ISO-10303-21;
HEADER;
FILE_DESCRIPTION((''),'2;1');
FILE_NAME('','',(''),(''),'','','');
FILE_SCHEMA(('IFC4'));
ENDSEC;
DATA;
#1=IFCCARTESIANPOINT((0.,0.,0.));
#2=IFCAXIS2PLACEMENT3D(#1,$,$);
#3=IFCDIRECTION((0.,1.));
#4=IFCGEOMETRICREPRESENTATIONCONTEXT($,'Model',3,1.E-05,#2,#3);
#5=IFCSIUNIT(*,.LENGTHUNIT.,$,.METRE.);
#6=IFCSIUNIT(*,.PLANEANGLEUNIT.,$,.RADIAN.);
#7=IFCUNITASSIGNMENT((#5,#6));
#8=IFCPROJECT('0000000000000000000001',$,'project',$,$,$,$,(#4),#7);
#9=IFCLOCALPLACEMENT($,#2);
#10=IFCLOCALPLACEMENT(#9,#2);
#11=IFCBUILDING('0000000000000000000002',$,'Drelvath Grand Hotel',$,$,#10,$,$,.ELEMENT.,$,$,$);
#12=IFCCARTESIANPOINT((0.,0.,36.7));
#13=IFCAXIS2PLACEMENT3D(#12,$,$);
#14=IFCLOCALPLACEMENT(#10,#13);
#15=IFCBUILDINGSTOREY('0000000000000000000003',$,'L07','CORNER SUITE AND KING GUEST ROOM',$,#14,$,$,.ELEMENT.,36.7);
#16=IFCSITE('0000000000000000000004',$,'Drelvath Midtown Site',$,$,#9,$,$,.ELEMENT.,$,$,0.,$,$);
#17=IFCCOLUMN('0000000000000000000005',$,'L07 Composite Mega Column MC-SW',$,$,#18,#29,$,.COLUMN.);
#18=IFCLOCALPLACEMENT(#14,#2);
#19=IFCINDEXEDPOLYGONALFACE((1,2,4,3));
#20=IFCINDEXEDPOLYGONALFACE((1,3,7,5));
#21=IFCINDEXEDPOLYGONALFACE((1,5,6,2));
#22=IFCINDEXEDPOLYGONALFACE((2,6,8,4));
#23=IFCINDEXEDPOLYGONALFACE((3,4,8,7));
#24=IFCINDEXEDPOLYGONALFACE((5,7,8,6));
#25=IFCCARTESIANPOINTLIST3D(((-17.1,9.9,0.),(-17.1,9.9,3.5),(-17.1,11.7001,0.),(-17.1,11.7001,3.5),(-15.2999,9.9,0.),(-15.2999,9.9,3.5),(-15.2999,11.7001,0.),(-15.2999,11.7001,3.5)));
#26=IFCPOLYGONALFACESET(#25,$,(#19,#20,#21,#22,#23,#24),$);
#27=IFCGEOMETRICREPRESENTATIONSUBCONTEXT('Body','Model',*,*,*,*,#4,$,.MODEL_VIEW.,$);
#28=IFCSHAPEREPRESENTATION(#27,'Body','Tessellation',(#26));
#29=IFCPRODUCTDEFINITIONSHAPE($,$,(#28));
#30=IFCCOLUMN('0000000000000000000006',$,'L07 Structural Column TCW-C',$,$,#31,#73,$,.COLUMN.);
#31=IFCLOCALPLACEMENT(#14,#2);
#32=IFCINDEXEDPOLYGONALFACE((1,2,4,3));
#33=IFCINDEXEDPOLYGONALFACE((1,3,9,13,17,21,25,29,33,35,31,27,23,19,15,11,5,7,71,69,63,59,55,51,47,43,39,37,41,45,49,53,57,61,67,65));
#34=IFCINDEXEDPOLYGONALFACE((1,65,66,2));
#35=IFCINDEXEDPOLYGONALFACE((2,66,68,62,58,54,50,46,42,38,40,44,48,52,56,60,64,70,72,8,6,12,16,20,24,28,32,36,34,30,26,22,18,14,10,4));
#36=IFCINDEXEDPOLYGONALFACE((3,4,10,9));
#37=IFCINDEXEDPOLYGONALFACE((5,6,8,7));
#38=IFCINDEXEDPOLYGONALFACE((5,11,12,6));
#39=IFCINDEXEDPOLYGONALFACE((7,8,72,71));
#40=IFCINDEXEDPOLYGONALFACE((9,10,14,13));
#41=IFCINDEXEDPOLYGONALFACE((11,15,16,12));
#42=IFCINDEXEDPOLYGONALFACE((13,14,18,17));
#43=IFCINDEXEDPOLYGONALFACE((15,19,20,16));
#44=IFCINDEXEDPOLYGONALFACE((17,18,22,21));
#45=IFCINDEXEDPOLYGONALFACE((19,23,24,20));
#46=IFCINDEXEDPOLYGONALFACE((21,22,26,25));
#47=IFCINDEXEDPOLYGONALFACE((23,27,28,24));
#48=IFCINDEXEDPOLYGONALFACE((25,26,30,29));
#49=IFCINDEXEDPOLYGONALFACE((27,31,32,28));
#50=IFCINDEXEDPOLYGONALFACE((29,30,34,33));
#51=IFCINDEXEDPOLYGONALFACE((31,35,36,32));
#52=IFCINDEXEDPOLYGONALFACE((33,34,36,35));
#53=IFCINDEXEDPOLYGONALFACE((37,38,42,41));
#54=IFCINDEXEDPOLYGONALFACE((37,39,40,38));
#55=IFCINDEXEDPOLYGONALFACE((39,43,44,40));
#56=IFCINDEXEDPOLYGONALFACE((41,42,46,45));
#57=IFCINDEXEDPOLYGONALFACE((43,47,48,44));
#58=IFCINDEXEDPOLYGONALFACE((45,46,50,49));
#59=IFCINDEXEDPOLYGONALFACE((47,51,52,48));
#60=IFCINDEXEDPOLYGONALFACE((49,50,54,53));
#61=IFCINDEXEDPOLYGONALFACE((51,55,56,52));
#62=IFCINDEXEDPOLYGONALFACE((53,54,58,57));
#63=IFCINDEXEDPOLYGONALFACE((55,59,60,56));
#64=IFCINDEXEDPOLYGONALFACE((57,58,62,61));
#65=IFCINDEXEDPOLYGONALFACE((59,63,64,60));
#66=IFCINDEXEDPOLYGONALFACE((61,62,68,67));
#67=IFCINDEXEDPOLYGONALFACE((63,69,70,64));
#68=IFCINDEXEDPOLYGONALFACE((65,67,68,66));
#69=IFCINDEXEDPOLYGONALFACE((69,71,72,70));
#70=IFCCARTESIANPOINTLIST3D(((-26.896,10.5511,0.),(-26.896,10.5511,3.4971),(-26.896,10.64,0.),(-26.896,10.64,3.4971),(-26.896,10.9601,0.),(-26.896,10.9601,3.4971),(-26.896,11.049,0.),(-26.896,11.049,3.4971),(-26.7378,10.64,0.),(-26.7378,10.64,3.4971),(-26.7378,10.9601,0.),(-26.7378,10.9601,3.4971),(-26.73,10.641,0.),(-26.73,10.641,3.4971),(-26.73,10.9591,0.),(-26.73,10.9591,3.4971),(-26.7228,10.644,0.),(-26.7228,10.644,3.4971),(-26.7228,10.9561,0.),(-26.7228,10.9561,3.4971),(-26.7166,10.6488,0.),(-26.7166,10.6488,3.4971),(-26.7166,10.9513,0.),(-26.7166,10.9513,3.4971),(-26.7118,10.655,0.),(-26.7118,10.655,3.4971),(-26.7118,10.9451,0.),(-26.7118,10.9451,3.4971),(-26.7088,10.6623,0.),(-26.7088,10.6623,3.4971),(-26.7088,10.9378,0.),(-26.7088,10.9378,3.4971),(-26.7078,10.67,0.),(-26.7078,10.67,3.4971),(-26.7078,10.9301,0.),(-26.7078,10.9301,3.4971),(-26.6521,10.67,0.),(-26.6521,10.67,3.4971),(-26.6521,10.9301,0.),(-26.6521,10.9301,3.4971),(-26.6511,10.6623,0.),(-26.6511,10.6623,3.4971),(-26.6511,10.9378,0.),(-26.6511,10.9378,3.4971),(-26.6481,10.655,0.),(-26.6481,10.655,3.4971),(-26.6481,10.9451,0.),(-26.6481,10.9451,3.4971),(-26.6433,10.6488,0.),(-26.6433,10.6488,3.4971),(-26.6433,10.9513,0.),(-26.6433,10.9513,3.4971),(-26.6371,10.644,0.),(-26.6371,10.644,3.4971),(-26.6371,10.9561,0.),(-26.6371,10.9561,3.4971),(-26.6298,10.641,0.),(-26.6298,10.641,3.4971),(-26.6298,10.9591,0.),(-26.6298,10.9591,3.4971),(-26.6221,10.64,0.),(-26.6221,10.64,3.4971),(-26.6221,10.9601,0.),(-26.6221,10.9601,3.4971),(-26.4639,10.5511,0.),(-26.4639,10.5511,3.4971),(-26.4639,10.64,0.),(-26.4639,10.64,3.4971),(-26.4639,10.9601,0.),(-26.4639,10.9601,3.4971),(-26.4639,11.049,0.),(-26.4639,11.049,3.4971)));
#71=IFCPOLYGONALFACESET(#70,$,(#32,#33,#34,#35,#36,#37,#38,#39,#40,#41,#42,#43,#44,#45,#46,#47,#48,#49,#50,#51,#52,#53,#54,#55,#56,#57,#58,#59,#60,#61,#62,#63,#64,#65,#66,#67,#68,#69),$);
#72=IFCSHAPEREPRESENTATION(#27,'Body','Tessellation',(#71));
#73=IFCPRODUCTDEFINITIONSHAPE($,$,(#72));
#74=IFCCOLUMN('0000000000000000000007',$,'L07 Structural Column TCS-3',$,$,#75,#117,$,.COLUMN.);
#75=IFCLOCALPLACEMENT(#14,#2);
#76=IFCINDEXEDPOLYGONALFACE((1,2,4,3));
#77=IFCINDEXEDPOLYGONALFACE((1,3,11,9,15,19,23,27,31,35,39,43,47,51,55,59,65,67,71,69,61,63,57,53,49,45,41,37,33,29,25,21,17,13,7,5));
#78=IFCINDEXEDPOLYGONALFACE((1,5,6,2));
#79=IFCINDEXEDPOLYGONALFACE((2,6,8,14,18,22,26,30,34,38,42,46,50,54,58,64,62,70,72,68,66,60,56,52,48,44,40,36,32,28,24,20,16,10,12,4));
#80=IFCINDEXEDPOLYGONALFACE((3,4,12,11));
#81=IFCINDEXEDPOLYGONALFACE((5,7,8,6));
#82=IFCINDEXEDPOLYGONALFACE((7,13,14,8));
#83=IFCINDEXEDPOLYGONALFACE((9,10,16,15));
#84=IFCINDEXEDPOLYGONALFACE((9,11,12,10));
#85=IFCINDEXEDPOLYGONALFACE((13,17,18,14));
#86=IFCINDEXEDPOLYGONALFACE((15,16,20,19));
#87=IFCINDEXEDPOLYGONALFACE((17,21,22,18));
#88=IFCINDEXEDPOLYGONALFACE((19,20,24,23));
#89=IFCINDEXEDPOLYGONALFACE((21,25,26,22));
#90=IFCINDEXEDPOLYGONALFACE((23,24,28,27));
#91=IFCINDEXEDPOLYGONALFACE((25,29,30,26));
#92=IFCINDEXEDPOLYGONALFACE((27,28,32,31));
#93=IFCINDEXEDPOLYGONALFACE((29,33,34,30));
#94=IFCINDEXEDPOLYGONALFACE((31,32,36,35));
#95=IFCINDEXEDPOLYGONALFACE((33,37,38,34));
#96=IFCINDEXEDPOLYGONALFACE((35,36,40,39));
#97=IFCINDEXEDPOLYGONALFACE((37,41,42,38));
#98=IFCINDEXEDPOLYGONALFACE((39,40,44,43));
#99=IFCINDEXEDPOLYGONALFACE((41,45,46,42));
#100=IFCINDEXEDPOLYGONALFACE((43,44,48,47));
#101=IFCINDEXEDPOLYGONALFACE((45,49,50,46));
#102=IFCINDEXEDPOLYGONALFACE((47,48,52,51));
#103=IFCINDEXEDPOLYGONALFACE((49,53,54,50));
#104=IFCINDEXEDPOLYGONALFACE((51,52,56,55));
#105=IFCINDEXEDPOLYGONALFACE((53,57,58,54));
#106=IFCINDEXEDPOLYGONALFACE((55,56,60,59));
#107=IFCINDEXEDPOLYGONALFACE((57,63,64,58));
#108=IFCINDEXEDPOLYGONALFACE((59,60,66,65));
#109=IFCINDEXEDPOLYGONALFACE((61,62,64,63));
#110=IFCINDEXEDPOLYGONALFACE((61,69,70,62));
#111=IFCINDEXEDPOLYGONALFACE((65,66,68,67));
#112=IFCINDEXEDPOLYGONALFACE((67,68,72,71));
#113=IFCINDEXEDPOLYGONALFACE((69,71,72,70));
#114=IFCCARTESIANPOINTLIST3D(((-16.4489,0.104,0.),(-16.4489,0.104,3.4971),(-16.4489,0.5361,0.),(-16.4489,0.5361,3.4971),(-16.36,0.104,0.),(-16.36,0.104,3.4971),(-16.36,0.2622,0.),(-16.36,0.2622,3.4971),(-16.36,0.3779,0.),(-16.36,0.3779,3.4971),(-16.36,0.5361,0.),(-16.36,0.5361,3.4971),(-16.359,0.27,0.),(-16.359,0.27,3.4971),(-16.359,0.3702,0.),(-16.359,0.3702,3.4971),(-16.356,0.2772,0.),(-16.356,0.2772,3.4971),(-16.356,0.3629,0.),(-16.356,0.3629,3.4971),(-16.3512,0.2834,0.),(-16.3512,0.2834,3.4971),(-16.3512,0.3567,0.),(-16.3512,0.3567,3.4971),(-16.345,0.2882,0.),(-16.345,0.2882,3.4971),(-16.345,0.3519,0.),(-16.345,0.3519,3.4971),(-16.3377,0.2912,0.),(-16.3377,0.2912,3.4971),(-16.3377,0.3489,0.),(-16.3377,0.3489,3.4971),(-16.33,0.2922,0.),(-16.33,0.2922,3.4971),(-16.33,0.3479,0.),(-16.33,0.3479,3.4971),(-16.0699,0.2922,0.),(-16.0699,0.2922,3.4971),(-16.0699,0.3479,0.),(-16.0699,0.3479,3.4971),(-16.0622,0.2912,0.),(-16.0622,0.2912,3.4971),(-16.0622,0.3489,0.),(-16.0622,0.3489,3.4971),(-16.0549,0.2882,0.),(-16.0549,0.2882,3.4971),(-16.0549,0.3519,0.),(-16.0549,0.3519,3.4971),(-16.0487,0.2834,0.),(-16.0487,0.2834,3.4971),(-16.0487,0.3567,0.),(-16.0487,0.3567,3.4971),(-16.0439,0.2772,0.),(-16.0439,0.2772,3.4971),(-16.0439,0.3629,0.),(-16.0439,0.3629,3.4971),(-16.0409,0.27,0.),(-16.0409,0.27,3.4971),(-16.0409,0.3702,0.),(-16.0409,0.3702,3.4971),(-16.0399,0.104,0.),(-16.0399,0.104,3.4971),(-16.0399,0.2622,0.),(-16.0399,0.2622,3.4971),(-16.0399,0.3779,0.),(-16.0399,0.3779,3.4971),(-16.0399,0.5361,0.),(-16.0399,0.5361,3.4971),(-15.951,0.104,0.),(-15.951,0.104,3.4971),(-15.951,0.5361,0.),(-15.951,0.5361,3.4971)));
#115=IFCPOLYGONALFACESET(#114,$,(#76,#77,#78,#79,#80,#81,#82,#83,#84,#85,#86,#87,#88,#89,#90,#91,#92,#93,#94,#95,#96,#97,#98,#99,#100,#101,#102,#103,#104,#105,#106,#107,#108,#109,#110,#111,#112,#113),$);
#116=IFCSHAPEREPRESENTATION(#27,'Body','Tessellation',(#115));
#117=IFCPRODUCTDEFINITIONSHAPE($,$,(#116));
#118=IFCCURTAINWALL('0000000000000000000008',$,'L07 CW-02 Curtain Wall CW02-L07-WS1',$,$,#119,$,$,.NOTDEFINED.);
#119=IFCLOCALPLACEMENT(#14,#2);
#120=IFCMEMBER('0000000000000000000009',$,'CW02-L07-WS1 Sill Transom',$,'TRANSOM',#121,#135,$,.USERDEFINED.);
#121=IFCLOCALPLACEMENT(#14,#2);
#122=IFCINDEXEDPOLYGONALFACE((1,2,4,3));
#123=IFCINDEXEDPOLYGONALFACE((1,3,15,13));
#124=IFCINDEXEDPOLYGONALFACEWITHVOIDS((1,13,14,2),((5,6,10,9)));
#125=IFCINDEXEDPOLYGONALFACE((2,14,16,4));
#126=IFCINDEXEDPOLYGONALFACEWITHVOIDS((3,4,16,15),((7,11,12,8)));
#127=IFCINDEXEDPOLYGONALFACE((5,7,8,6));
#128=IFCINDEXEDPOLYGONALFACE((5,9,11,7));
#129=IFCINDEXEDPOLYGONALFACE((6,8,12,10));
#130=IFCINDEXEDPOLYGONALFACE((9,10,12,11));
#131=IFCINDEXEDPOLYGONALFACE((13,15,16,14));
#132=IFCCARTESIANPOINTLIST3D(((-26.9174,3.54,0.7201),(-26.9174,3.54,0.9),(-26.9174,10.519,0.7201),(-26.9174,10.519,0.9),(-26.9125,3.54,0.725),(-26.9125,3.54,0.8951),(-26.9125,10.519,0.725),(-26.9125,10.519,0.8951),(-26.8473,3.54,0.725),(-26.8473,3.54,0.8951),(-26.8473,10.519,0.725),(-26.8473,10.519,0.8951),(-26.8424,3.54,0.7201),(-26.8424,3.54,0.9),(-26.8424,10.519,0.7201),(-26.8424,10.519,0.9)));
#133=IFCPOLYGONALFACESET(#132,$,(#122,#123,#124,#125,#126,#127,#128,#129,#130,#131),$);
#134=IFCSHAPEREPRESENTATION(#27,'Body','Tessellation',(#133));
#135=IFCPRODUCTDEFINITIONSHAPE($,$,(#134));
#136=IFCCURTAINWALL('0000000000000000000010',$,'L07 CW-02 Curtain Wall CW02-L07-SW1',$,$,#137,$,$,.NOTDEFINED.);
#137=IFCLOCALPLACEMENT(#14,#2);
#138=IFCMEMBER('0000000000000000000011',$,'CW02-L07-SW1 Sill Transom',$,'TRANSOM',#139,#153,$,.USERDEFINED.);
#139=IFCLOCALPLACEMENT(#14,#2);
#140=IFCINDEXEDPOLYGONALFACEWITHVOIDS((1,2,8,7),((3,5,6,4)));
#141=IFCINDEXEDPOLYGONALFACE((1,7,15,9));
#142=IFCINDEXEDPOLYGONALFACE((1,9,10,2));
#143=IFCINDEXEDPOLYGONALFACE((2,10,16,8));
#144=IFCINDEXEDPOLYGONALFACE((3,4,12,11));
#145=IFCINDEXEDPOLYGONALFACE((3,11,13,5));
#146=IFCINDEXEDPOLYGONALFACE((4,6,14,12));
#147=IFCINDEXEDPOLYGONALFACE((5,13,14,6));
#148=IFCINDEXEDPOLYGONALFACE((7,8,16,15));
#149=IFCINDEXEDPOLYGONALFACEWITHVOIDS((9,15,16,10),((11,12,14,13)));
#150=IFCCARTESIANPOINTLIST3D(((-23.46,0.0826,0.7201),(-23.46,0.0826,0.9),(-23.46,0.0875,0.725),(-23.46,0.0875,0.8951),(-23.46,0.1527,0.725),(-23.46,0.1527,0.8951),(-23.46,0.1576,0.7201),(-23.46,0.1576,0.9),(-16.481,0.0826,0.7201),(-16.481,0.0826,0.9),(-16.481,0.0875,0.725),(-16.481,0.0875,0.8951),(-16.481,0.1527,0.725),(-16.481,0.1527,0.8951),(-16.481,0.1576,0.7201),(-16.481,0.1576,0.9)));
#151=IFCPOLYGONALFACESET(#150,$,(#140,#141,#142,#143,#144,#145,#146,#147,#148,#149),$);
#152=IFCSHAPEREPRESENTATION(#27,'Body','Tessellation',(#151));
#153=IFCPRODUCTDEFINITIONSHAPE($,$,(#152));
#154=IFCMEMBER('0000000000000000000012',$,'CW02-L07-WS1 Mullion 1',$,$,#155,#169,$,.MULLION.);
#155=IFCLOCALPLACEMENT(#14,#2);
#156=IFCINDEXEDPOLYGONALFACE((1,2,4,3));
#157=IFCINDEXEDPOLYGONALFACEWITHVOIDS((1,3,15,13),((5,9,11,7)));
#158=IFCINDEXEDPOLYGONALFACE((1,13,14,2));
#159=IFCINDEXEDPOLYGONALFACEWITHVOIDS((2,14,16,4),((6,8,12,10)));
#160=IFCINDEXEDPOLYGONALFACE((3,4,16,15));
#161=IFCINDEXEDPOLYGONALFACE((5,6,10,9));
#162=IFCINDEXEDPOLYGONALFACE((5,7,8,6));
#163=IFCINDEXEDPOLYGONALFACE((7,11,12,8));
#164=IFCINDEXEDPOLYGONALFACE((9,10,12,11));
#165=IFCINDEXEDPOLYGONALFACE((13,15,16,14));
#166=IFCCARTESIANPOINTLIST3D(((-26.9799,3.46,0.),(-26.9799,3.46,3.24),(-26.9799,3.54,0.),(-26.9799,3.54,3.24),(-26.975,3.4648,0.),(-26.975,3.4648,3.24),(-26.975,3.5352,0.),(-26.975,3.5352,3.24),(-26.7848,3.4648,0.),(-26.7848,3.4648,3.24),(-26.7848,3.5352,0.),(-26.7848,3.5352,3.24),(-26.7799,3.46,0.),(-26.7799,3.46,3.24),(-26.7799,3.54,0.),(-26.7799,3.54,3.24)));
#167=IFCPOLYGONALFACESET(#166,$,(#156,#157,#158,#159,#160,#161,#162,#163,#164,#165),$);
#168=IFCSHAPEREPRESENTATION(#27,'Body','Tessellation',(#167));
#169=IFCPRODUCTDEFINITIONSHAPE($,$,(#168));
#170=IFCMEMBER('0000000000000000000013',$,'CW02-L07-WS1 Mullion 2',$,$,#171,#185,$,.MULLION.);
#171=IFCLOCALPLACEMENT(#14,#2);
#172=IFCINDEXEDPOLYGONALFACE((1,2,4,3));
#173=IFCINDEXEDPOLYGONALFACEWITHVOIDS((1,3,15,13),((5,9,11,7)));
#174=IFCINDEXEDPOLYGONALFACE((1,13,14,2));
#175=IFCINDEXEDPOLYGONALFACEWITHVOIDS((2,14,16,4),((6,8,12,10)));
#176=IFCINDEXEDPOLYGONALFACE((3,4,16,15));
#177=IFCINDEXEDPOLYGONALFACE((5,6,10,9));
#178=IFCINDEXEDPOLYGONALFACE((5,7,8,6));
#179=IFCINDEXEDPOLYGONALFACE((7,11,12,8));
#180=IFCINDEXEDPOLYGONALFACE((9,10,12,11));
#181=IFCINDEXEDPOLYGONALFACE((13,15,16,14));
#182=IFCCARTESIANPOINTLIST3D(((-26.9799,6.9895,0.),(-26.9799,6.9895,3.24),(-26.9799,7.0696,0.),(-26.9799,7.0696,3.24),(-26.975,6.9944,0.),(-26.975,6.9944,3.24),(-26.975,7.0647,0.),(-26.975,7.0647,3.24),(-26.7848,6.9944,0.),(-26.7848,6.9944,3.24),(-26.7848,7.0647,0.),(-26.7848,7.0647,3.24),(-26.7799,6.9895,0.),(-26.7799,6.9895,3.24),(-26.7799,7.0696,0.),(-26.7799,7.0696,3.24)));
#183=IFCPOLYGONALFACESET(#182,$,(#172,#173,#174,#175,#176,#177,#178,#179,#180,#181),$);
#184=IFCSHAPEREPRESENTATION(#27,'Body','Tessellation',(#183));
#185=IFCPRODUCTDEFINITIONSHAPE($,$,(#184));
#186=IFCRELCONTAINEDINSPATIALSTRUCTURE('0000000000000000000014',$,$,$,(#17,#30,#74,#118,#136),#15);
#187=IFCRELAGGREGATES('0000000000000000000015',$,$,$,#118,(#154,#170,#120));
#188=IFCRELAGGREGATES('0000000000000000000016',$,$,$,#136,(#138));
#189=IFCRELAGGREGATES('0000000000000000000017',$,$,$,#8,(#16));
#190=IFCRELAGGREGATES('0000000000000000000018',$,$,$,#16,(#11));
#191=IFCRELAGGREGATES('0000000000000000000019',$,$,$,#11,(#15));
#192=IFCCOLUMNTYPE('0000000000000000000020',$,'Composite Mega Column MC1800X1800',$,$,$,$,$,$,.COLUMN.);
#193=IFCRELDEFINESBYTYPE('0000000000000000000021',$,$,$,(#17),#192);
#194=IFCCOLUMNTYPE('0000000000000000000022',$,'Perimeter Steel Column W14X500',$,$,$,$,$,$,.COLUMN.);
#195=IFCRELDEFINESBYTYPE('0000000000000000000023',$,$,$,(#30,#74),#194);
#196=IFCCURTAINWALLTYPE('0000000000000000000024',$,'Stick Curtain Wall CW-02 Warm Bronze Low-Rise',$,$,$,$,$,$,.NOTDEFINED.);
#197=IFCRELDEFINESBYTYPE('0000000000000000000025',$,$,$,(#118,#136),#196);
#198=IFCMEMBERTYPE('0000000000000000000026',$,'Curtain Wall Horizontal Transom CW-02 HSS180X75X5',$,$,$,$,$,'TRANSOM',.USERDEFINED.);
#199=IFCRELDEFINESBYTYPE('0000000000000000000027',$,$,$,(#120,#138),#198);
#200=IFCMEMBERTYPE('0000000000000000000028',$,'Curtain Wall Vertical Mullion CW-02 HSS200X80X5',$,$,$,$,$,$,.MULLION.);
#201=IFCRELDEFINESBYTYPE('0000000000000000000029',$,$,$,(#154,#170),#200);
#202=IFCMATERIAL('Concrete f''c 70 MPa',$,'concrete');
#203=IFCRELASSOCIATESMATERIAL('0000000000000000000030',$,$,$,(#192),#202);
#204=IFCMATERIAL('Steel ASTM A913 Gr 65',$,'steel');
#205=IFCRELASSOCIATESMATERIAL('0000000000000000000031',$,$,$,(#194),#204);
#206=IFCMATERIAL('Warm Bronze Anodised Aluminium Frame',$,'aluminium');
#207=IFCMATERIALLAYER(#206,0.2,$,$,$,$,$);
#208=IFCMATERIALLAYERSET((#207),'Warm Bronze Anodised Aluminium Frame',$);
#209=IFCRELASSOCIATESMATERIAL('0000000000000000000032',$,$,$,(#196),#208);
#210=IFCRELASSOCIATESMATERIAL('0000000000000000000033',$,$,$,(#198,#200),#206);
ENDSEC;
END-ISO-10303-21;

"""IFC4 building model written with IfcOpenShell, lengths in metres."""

from ifc_helpers import new_model, si_unit, direction, frame, origin, origin_2d, place, context, subcontext, project, spatial, rectangle, hollow_rectangle, i_section, extrude, material, layer, layer_set, material_profile, profile_set, type_object, element, aggregate, save


model = new_model("IFC4")

# Units and contexts
model_context = context("Model", 3, precision=1e-05, world=origin(), true_north=direction((0.0, 1.0)))
body_context = subcontext(model_context, "Body", "Model", "MODEL_VIEW")
ifc_project = project(units=[si_unit("LENGTHUNIT", "METRE"), si_unit("PLANEANGLEUNIT", "RADIAN")], contexts=[model_context])

# Site, building, storey
site_placement = place(None, origin())
site = spatial("IfcSite", under=ifc_project, at=site_placement, Name="Drelvath Midtown Site", CompositionType="ELEMENT", RefElevation=0.0)
building_placement = place(site_placement, origin())
building = spatial("IfcBuilding", under=site, at=building_placement, Name="Drelvath Grand Hotel", CompositionType="ELEMENT")
storey_placement = place(building_placement, frame((0.0, 0.0, 36.7)))
storey = spatial("IfcBuildingStorey", under=building, at=storey_placement, Name="L07", Description="CORNER SUITE AND KING GUEST ROOM", CompositionType="ELEMENT", Elevation=36.7)

# Columns
ifc_material_1 = material(Name="Concrete f'c 70 MPa", Category="concrete")
ifc_material_profile_1 = material_profile(ifc_material_1, rectangle(XDim=1.8, YDim=1.8, at=origin_2d()), Name="MC1800X1800")
ifc_profile_set_1 = profile_set([ifc_material_profile_1], Name="Concrete f'c 70 MPa")
column_type_1 = type_object("IfcColumnType", Name="Composite Mega Column MC1800X1800", PredefinedType="COLUMN", material=ifc_profile_set_1)
column_placement = place(storey_placement, frame((-16.2, 10.8, 0.0), z_axis=(0.0, 0.0, 1.0), x_axis=(1.0, 0.0, 0.0)))
element("IfcColumn", 1, at=column_placement, inside=storey, type_object=column_type_1, Name="L07 Composite Mega Column MC-SW", PredefinedType="COLUMN", context=body_context, shape_type="SweptSolid", body=[
    extrude(rectangle(XDim=1.8, YDim=1.8, at=origin_2d()), origin(), (0.0, 0.0, 1.0), 3.5),
])
ifc_material_2 = material(Name="Steel ASTM A913 Gr 65", Category="steel")
ifc_material_profile_2 = material_profile(ifc_material_2, i_section(OverallWidth=0.4321, OverallDepth=0.4978, WebThickness=0.0557, FlangeThickness=0.0889, FilletRadius=0.03, at=origin_2d()), Name="W14X500")
ifc_profile_set_2 = profile_set([ifc_material_profile_2], Name="Steel ASTM A913 Gr 65")
column_type_2 = type_object("IfcColumnType", Name="Perimeter Steel Column W14X500", PredefinedType="COLUMN", material=ifc_profile_set_2)
for number, where, z_axis, x_axis, name in (
    (2, (-26.6799, 10.8, 0.0), (0.0, 0.0, 1.0), (1.0, 0.0, 0.0), "L07 Structural Column TCW-C"),
    (3, (-16.2, 0.3201, 0.0), (0.0, 0.0, 1.0), (0.0, 1.0, 0.0), "L07 Structural Column TCS-3"),
):
    element("IfcColumn", number, at=place(storey_placement, frame(where, z_axis=z_axis, x_axis=x_axis)), inside=storey, type_object=column_type_2, Name=name, PredefinedType="COLUMN", context=body_context, shape_type="SweptSolid", body=[
        extrude(i_section(OverallWidth=0.4321, OverallDepth=0.4978, WebThickness=0.0557, FlangeThickness=0.0889, FilletRadius=0.03, at=origin_2d()), origin(), (0.0, 0.0, 1.0), 3.4971),
    ])

# Curtain walls, members
ifc_material_3 = material(Name="Warm Bronze Anodised Aluminium Frame", Category="aluminium")
ifc_layer_1 = layer(ifc_material_3, 0.2)
ifc_layer_set_1 = layer_set([ifc_layer_1], Name="Warm Bronze Anodised Aluminium Frame")
curtain_wall_type = type_object("IfcCurtainWallType", Name="Stick Curtain Wall CW-02 Warm Bronze Low-Rise", PredefinedType="NOTDEFINED", material=ifc_layer_set_1)
curtain_wall_1_placement = place(storey_placement, origin())
curtain_wall_1 = element("IfcCurtainWall", 4, at=curtain_wall_1_placement, inside=storey, type_object=curtain_wall_type, Name="L07 CW-02 Curtain Wall CW02-L07-WS1", PredefinedType="NOTDEFINED")
ifc_material_profile_3 = material_profile(ifc_material_3, hollow_rectangle(XDim=0.075, YDim=0.1799, WallThickness=0.0049, at=origin_2d()), Name="HSS180X75X5")
ifc_profile_set_3 = profile_set([ifc_material_profile_3], Name="Warm Bronze Anodised Aluminium Frame")
member_type_1 = type_object("IfcMemberType", Name="Curtain Wall Horizontal Transom CW-02 HSS180X75X5", ElementType="TRANSOM", PredefinedType="USERDEFINED", material=ifc_profile_set_3)
member_1_placement = place(storey_placement, frame((-26.8799, 3.54, 0.8101), z_axis=(0.0, 1.0, 0.0), x_axis=(-1.0, 0.0, 0.0)))
member_1 = element("IfcMember", 5, at=member_1_placement, type_object=member_type_1, Name="CW02-L07-WS1 Sill Transom", ObjectType="TRANSOM", PredefinedType="USERDEFINED", context=body_context, shape_type="SweptSolid", body=[
    extrude(hollow_rectangle(XDim=0.075, YDim=0.1799, WallThickness=0.0049, at=origin_2d()), origin(), (0.0, 0.0, 1.0), 6.979),
])
curtain_wall_2_placement = place(storey_placement, origin())
curtain_wall_2 = element("IfcCurtainWall", 6, at=curtain_wall_2_placement, inside=storey, type_object=curtain_wall_type, Name="L07 CW-02 Curtain Wall CW02-L07-SW1", PredefinedType="NOTDEFINED")
member_2_placement = place(storey_placement, frame((-16.481, 0.1201, 0.8101), z_axis=(-1.0, 0.0, 0.0), x_axis=(0.0, -1.0, 0.0)))
member_2 = element("IfcMember", 7, at=member_2_placement, type_object=member_type_1, Name="CW02-L07-SW1 Sill Transom", ObjectType="TRANSOM", PredefinedType="USERDEFINED", context=body_context, shape_type="SweptSolid", body=[
    extrude(hollow_rectangle(XDim=0.075, YDim=0.1799, WallThickness=0.0049, at=origin_2d()), origin(), (0.0, 0.0, 1.0), 6.979),
])

# Members
ifc_material_profile_4 = material_profile(ifc_material_3, hollow_rectangle(XDim=0.0801, YDim=0.2, WallThickness=0.0049, at=origin_2d()), Name="HSS200X80X5")
ifc_profile_set_4 = profile_set([ifc_material_profile_4], Name="Warm Bronze Anodised Aluminium Frame")
member_type_2 = type_object("IfcMemberType", Name="Curtain Wall Vertical Mullion CW-02 HSS200X80X5", PredefinedType="MULLION", material=ifc_profile_set_4)
member_3_placement = place(storey_placement, frame((-26.8799, 3.5, 0.0), z_axis=(0.0, 0.0, 1.0), x_axis=(0.0, 1.0, 0.0)))
member_3 = element("IfcMember", 8, at=member_3_placement, type_object=member_type_2, Name="CW02-L07-WS1 Mullion 1", PredefinedType="MULLION", context=body_context, shape_type="SweptSolid", body=[
    extrude(hollow_rectangle(XDim=0.0801, YDim=0.2, WallThickness=0.0049, at=origin_2d()), origin(), (0.0, 0.0, 1.0), 3.24),
])
member_4_placement = place(storey_placement, frame((-26.8799, 7.0295, 0.0), z_axis=(0.0, 0.0, 1.0), x_axis=(0.0, 1.0, 0.0)))
member_4 = element("IfcMember", 9, at=member_4_placement, type_object=member_type_2, Name="CW02-L07-WS1 Mullion 2", PredefinedType="MULLION", context=body_context, shape_type="SweptSolid", body=[
    extrude(hollow_rectangle(XDim=0.0801, YDim=0.2, WallThickness=0.0049, at=origin_2d()), origin(), (0.0, 0.0, 1.0), 3.24),
])

aggregate(curtain_wall_1, [member_3, member_4, member_1])
aggregate(curtain_wall_2, [member_2])

save(model, "model.ifc")
